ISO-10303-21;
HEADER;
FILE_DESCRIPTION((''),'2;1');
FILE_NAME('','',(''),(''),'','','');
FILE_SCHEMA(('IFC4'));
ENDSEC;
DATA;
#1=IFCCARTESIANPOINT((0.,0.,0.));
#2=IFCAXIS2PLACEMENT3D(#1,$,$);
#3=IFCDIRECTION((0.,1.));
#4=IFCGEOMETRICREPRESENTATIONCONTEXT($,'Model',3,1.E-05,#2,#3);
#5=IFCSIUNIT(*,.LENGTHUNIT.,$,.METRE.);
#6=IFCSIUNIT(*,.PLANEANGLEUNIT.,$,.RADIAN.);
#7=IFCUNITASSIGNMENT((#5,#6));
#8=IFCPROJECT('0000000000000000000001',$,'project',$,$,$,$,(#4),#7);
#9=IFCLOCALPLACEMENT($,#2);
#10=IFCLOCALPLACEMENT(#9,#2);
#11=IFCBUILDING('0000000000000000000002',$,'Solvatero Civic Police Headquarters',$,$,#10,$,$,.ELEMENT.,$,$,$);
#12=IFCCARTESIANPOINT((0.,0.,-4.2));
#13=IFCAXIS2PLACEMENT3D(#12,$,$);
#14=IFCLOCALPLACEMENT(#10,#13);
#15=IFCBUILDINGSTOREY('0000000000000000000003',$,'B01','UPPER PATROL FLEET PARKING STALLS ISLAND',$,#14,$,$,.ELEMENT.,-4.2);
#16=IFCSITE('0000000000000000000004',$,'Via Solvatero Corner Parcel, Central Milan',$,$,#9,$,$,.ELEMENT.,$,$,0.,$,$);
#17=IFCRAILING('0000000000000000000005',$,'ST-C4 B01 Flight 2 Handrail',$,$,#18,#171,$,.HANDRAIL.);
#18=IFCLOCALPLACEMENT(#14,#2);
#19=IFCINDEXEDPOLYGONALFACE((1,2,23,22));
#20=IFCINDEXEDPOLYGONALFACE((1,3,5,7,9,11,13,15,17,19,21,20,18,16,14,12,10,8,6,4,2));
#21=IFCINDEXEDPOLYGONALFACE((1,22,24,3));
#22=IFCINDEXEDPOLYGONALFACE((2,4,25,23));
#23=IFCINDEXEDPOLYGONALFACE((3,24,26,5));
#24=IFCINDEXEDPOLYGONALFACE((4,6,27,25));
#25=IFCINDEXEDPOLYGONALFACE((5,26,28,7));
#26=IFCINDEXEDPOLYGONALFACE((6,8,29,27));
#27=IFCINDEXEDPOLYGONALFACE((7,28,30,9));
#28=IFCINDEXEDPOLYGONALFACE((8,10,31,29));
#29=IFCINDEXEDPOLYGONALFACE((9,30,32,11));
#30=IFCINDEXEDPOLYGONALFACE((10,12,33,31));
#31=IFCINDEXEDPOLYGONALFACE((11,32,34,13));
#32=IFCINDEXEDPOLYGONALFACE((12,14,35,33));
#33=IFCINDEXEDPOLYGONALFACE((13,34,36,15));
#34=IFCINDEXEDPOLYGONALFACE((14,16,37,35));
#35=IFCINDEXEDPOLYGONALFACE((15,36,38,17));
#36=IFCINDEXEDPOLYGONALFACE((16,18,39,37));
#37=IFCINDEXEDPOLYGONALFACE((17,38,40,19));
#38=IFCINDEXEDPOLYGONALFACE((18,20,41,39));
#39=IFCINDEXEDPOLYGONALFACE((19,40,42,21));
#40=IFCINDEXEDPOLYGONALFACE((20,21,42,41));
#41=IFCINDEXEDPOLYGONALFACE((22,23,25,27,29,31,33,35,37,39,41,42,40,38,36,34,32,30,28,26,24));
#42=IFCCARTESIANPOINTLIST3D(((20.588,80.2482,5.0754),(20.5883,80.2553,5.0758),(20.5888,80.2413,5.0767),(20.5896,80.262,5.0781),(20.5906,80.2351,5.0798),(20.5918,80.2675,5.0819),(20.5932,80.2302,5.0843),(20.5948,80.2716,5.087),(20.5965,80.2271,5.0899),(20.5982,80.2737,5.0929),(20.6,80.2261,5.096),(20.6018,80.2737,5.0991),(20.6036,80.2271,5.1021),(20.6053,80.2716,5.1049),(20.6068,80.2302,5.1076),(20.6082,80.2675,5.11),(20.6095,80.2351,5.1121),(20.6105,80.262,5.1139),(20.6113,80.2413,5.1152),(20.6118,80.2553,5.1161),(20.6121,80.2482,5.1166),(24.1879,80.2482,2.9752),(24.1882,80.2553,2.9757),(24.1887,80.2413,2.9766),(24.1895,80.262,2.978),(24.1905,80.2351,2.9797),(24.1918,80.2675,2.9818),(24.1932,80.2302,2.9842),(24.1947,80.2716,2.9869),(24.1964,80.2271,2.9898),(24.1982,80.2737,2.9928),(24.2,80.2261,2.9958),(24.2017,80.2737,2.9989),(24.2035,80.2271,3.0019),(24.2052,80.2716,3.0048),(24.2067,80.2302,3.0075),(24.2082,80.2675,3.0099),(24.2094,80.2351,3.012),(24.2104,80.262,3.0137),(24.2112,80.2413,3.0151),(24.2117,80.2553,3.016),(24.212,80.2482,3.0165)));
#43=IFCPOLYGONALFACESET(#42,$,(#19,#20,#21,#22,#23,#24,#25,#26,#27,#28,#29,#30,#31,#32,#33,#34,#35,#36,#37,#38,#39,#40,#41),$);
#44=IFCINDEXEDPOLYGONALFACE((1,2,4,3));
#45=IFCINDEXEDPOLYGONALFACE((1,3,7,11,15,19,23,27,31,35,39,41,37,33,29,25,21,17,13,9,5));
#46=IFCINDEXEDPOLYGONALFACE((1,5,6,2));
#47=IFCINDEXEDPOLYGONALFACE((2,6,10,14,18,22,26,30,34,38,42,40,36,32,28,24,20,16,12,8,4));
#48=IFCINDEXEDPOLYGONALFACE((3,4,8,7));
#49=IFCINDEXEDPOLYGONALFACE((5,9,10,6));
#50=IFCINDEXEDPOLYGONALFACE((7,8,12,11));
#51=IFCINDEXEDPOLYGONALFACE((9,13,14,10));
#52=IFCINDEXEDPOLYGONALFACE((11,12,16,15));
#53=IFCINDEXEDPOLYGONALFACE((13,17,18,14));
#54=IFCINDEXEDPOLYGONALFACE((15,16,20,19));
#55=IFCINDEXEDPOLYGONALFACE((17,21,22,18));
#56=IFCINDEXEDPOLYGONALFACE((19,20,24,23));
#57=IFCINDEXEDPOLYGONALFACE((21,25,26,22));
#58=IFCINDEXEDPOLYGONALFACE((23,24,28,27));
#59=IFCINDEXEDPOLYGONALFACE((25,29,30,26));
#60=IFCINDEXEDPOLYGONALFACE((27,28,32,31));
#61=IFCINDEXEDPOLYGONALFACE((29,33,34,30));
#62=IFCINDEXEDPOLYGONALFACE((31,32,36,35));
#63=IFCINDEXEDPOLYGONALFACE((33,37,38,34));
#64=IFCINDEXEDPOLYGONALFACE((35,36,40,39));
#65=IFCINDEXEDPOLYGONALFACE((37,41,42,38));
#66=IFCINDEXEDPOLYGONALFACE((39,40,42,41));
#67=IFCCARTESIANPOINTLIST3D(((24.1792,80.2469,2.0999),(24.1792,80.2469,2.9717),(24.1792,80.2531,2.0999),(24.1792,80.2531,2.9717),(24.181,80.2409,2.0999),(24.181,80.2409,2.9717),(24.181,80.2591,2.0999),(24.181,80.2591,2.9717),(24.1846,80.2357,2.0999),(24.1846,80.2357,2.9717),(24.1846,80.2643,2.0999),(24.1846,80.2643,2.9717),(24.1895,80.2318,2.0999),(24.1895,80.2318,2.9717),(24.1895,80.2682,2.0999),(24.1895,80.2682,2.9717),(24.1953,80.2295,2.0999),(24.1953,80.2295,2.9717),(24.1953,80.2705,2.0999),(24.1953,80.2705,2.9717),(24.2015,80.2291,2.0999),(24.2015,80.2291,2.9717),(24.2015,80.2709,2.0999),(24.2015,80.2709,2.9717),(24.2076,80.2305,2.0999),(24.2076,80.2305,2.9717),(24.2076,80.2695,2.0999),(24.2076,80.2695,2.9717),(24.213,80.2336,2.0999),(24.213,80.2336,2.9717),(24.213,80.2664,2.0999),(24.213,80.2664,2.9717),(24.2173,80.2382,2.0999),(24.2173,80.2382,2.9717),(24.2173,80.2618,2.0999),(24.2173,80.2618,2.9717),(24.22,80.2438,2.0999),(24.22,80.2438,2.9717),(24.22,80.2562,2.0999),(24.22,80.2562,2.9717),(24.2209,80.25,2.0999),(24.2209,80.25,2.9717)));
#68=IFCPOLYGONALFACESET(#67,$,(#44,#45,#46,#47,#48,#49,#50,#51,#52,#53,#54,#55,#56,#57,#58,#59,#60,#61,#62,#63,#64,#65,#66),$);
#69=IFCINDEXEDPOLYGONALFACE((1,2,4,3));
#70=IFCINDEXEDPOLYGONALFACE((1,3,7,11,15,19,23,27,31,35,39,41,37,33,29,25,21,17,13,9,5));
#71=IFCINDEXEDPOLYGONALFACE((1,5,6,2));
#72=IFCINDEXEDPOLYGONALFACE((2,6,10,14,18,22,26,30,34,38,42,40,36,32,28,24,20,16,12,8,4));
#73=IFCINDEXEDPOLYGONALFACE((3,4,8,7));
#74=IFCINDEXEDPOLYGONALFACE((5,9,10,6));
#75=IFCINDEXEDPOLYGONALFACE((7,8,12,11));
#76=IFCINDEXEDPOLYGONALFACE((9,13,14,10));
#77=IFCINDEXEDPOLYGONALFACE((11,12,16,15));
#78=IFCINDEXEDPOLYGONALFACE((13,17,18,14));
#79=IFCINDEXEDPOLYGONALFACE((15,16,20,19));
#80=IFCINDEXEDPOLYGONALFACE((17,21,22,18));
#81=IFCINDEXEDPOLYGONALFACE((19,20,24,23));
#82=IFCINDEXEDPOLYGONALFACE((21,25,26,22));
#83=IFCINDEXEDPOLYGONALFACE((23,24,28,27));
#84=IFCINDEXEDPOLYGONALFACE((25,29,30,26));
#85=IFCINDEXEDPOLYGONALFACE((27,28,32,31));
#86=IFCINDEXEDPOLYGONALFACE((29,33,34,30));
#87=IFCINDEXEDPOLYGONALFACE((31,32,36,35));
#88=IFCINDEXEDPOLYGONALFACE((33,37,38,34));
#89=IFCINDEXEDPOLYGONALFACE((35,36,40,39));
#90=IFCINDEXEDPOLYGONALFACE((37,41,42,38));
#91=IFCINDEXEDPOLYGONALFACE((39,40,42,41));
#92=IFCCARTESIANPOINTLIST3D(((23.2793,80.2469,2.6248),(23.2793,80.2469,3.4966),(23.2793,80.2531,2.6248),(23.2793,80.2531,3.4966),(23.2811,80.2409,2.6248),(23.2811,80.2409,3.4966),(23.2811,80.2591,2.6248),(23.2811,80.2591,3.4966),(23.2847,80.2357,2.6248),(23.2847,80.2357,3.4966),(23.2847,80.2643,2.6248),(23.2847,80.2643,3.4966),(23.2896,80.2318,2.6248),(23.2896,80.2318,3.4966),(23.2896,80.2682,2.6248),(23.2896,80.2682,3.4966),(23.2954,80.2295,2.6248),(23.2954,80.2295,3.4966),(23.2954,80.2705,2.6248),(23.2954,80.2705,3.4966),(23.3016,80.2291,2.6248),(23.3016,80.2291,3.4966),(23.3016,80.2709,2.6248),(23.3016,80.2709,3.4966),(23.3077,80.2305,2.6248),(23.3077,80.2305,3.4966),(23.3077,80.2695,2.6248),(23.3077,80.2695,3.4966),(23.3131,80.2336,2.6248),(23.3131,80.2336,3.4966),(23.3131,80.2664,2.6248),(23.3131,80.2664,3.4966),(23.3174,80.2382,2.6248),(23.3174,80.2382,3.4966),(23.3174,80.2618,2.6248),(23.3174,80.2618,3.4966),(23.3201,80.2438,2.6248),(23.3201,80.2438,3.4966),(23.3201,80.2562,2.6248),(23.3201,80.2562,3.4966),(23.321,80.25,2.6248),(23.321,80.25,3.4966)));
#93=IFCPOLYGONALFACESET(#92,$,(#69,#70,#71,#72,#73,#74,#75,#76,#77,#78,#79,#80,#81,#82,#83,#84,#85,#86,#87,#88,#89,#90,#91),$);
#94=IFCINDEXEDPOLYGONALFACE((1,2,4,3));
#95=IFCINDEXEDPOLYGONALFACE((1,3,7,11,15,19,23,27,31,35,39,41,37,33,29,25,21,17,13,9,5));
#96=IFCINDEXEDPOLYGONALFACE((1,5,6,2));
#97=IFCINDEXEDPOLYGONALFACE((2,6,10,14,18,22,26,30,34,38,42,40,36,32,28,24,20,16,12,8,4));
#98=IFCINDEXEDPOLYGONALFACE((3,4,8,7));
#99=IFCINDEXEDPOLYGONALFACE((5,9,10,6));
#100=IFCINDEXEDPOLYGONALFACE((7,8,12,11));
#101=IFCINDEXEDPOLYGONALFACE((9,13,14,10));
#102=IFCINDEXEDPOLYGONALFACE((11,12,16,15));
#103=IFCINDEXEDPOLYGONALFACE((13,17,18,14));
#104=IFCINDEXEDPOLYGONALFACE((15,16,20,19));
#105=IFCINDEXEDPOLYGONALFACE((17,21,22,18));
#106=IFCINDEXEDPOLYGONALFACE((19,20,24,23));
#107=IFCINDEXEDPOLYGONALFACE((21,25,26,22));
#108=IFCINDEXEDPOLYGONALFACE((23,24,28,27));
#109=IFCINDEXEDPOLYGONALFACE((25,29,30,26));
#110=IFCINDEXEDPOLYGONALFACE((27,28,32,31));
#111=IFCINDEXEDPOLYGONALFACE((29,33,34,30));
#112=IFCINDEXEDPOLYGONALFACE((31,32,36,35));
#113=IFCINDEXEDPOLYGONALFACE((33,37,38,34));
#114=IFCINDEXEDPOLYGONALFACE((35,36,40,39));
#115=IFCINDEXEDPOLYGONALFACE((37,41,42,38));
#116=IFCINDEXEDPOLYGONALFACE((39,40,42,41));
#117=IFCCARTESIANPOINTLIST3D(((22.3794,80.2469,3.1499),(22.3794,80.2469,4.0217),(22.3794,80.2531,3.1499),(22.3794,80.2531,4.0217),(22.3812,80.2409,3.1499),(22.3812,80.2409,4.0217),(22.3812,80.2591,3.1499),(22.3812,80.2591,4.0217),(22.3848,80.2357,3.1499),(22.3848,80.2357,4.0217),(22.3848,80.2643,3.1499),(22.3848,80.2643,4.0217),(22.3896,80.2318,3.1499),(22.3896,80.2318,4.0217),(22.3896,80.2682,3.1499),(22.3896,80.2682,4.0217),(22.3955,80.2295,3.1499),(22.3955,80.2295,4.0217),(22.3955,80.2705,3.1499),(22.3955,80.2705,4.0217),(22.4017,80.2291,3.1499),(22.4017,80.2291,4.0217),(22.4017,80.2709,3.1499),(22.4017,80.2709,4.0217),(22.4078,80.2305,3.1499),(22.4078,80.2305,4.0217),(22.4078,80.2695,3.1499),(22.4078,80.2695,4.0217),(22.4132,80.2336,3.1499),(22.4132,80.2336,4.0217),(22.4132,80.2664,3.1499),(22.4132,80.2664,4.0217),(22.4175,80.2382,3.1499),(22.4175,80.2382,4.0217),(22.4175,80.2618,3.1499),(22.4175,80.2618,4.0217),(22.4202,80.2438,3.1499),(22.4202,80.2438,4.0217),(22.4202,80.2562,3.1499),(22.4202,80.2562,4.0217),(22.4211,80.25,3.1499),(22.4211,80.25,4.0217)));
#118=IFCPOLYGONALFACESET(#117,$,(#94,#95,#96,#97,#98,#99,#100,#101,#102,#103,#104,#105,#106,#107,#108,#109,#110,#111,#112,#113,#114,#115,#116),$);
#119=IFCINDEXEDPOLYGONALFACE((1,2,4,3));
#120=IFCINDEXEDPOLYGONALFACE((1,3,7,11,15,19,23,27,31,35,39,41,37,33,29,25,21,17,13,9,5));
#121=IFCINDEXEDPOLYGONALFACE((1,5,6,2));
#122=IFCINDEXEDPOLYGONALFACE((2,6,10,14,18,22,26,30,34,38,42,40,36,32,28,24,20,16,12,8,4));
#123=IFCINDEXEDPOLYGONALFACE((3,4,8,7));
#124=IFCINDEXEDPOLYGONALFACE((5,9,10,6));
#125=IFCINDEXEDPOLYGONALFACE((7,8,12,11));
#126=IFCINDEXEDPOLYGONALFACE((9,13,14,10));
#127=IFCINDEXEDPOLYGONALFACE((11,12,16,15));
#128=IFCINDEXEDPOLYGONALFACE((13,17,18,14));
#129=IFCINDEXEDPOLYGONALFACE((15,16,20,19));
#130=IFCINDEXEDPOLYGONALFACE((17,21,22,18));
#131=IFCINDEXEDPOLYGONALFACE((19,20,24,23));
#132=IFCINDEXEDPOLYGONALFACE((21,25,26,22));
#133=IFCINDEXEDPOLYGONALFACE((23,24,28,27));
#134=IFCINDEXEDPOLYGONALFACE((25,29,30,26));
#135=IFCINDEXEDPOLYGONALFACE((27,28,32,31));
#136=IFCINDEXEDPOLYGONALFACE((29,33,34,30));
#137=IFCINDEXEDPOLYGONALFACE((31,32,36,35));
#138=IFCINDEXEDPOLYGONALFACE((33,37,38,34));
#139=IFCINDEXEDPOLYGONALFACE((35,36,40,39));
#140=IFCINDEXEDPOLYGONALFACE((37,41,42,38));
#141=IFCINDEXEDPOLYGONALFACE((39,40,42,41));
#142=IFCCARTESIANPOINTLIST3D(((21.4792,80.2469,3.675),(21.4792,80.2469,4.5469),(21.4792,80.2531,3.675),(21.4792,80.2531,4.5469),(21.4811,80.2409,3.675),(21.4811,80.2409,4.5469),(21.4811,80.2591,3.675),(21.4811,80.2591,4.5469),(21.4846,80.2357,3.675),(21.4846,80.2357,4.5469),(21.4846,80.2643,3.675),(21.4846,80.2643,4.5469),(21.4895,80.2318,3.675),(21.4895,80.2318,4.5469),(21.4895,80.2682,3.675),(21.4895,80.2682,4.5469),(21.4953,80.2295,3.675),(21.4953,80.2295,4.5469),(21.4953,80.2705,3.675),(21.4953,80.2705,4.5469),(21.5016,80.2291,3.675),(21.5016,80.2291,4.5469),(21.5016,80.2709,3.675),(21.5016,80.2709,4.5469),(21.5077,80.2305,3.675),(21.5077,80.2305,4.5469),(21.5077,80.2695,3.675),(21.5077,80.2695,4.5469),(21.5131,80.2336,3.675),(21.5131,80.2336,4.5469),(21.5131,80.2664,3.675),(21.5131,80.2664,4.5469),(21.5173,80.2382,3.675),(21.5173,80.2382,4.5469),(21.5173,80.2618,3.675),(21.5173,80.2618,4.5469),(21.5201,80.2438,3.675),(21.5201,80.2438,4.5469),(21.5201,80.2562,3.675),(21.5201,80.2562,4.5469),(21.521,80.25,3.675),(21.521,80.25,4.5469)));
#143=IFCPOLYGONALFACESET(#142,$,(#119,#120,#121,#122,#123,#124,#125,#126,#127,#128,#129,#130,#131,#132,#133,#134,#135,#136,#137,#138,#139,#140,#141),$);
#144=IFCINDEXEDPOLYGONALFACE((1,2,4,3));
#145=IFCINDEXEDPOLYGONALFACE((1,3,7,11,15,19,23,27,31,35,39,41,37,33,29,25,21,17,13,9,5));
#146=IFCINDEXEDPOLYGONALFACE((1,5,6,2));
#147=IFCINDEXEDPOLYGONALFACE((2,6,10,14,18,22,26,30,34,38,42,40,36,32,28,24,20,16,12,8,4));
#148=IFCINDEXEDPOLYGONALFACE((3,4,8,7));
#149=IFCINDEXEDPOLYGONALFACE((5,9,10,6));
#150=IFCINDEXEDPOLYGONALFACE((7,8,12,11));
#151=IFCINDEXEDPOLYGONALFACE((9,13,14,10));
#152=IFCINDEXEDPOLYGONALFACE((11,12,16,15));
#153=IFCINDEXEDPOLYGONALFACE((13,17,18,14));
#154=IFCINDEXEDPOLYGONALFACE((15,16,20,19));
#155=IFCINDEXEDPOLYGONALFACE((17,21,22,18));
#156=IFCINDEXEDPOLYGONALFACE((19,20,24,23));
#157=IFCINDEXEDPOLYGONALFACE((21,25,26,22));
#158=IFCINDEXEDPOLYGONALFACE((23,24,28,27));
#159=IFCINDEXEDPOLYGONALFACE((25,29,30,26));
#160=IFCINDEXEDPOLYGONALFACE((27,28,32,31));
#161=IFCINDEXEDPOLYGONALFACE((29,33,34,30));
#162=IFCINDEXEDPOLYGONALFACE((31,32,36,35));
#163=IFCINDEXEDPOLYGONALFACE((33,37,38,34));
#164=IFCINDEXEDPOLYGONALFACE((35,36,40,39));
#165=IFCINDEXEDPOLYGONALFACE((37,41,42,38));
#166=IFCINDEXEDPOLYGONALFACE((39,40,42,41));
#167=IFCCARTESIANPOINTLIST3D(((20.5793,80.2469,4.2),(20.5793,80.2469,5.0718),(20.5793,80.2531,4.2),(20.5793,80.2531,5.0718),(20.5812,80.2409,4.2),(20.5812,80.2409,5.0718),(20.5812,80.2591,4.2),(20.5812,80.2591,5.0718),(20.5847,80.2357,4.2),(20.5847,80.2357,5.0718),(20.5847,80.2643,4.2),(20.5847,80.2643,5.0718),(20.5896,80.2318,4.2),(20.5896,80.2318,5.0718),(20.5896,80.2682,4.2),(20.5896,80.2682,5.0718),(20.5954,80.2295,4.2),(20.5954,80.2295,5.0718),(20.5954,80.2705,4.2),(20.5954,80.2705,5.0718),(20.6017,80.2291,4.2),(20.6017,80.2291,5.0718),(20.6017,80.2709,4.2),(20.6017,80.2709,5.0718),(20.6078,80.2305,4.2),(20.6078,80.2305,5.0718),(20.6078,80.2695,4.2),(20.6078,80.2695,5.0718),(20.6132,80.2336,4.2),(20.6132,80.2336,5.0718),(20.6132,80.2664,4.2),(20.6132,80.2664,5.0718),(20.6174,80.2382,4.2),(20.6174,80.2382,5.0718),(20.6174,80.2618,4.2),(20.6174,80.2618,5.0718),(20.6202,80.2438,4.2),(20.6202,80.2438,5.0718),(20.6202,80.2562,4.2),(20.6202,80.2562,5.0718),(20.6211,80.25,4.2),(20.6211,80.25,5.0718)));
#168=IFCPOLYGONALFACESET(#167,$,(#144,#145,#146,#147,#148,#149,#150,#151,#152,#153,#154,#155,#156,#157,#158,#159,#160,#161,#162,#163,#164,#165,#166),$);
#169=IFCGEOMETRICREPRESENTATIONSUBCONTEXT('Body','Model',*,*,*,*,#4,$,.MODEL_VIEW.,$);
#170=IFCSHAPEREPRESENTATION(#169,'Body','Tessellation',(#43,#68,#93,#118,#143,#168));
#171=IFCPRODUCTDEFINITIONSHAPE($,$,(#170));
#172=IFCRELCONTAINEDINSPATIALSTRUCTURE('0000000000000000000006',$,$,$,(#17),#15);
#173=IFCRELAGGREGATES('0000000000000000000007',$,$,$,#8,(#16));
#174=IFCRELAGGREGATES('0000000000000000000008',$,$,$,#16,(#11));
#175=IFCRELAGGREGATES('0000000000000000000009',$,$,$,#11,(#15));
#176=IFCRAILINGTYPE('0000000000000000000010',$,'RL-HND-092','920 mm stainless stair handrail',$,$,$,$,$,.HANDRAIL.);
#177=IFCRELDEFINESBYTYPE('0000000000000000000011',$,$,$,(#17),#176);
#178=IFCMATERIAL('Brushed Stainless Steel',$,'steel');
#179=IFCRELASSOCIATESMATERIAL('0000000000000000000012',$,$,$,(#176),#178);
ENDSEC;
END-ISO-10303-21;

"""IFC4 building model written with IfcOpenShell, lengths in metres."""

from ifc_helpers import new_model, si_unit, direction, frame, origin, origin_2d, place, context, subcontext, project, spatial, circle, extrude, material, type_object, element, save


model = new_model("IFC4")

# Units and contexts
model_context = context("Model", 3, precision=1e-05, world=origin(), true_north=direction((0.0, 1.0)))
body_context = subcontext(model_context, "Body", "Model", "MODEL_VIEW")
ifc_project = project(units=[si_unit("LENGTHUNIT", "METRE"), si_unit("PLANEANGLEUNIT", "RADIAN")], contexts=[model_context])

# Site, building, storey
site_placement = place(None, origin())
site = spatial("IfcSite", under=ifc_project, at=site_placement, Name="Via Solvatero Corner Parcel, Central Milan", CompositionType="ELEMENT", RefElevation=0.0)
building_placement = place(site_placement, origin())
building = spatial("IfcBuilding", under=site, at=building_placement, Name="Solvatero Civic Police Headquarters", CompositionType="ELEMENT")
storey_placement = place(building_placement, frame((0.0, 0.0, -4.2)))
storey = spatial("IfcBuildingStorey", under=building, at=storey_placement, Name="B01", Description="UPPER PATROL FLEET PARKING STALLS ISLAND", CompositionType="ELEMENT", Elevation=-4.2)

# Railing
ifc_material_1 = material(Name="Brushed Stainless Steel", Category="steel")
railing_type_1 = type_object("IfcRailingType", Name="RL-HND-092", Description="920 mm stainless stair handrail", PredefinedType="HANDRAIL", material=ifc_material_1)
railing_1_placement = place(storey_placement, frame((24.2, 80.25, 2.0999)))
element("IfcRailing", 1, at=railing_1_placement, inside=storey, type_object=railing_type_1, Name="ST-C4 B01 Flight 2 Handrail", PredefinedType="HANDRAIL", context=body_context, shape_type="SweptSolid", body=[
    extrude(circle(Radius=0.0239, at=origin_2d()), frame((0.0, 0.0, 0.896), z_axis=(-0.86376, 0.0, 0.503904), x_axis=(0.0, -1.0, 0.0)), (0.0, 0.0, 1.0), 4.1677),
    extrude(circle(Radius=0.021, at=origin_2d()), origin(), (0.0, 0.0, 1.0), 0.8718),
    extrude(circle(Radius=0.021, at=origin_2d()), frame((-0.8999, 0.0, 0.5249)), (0.0, 0.0, 1.0), 0.8718),
    extrude(circle(Radius=0.021, at=origin_2d()), frame((-1.7998, 0.0, 1.05)), (0.0, 0.0, 1.0), 0.8718),
    extrude(circle(Radius=0.021, at=origin_2d()), frame((-2.7, 0.0, 1.5752)), (0.0, 0.0, 1.0), 0.8718),
    extrude(circle(Radius=0.021, at=origin_2d()), frame((-3.5999, 0.0, 2.1001)), (0.0, 0.0, 1.0), 0.8718),
])

save(model, "model.ifc")
